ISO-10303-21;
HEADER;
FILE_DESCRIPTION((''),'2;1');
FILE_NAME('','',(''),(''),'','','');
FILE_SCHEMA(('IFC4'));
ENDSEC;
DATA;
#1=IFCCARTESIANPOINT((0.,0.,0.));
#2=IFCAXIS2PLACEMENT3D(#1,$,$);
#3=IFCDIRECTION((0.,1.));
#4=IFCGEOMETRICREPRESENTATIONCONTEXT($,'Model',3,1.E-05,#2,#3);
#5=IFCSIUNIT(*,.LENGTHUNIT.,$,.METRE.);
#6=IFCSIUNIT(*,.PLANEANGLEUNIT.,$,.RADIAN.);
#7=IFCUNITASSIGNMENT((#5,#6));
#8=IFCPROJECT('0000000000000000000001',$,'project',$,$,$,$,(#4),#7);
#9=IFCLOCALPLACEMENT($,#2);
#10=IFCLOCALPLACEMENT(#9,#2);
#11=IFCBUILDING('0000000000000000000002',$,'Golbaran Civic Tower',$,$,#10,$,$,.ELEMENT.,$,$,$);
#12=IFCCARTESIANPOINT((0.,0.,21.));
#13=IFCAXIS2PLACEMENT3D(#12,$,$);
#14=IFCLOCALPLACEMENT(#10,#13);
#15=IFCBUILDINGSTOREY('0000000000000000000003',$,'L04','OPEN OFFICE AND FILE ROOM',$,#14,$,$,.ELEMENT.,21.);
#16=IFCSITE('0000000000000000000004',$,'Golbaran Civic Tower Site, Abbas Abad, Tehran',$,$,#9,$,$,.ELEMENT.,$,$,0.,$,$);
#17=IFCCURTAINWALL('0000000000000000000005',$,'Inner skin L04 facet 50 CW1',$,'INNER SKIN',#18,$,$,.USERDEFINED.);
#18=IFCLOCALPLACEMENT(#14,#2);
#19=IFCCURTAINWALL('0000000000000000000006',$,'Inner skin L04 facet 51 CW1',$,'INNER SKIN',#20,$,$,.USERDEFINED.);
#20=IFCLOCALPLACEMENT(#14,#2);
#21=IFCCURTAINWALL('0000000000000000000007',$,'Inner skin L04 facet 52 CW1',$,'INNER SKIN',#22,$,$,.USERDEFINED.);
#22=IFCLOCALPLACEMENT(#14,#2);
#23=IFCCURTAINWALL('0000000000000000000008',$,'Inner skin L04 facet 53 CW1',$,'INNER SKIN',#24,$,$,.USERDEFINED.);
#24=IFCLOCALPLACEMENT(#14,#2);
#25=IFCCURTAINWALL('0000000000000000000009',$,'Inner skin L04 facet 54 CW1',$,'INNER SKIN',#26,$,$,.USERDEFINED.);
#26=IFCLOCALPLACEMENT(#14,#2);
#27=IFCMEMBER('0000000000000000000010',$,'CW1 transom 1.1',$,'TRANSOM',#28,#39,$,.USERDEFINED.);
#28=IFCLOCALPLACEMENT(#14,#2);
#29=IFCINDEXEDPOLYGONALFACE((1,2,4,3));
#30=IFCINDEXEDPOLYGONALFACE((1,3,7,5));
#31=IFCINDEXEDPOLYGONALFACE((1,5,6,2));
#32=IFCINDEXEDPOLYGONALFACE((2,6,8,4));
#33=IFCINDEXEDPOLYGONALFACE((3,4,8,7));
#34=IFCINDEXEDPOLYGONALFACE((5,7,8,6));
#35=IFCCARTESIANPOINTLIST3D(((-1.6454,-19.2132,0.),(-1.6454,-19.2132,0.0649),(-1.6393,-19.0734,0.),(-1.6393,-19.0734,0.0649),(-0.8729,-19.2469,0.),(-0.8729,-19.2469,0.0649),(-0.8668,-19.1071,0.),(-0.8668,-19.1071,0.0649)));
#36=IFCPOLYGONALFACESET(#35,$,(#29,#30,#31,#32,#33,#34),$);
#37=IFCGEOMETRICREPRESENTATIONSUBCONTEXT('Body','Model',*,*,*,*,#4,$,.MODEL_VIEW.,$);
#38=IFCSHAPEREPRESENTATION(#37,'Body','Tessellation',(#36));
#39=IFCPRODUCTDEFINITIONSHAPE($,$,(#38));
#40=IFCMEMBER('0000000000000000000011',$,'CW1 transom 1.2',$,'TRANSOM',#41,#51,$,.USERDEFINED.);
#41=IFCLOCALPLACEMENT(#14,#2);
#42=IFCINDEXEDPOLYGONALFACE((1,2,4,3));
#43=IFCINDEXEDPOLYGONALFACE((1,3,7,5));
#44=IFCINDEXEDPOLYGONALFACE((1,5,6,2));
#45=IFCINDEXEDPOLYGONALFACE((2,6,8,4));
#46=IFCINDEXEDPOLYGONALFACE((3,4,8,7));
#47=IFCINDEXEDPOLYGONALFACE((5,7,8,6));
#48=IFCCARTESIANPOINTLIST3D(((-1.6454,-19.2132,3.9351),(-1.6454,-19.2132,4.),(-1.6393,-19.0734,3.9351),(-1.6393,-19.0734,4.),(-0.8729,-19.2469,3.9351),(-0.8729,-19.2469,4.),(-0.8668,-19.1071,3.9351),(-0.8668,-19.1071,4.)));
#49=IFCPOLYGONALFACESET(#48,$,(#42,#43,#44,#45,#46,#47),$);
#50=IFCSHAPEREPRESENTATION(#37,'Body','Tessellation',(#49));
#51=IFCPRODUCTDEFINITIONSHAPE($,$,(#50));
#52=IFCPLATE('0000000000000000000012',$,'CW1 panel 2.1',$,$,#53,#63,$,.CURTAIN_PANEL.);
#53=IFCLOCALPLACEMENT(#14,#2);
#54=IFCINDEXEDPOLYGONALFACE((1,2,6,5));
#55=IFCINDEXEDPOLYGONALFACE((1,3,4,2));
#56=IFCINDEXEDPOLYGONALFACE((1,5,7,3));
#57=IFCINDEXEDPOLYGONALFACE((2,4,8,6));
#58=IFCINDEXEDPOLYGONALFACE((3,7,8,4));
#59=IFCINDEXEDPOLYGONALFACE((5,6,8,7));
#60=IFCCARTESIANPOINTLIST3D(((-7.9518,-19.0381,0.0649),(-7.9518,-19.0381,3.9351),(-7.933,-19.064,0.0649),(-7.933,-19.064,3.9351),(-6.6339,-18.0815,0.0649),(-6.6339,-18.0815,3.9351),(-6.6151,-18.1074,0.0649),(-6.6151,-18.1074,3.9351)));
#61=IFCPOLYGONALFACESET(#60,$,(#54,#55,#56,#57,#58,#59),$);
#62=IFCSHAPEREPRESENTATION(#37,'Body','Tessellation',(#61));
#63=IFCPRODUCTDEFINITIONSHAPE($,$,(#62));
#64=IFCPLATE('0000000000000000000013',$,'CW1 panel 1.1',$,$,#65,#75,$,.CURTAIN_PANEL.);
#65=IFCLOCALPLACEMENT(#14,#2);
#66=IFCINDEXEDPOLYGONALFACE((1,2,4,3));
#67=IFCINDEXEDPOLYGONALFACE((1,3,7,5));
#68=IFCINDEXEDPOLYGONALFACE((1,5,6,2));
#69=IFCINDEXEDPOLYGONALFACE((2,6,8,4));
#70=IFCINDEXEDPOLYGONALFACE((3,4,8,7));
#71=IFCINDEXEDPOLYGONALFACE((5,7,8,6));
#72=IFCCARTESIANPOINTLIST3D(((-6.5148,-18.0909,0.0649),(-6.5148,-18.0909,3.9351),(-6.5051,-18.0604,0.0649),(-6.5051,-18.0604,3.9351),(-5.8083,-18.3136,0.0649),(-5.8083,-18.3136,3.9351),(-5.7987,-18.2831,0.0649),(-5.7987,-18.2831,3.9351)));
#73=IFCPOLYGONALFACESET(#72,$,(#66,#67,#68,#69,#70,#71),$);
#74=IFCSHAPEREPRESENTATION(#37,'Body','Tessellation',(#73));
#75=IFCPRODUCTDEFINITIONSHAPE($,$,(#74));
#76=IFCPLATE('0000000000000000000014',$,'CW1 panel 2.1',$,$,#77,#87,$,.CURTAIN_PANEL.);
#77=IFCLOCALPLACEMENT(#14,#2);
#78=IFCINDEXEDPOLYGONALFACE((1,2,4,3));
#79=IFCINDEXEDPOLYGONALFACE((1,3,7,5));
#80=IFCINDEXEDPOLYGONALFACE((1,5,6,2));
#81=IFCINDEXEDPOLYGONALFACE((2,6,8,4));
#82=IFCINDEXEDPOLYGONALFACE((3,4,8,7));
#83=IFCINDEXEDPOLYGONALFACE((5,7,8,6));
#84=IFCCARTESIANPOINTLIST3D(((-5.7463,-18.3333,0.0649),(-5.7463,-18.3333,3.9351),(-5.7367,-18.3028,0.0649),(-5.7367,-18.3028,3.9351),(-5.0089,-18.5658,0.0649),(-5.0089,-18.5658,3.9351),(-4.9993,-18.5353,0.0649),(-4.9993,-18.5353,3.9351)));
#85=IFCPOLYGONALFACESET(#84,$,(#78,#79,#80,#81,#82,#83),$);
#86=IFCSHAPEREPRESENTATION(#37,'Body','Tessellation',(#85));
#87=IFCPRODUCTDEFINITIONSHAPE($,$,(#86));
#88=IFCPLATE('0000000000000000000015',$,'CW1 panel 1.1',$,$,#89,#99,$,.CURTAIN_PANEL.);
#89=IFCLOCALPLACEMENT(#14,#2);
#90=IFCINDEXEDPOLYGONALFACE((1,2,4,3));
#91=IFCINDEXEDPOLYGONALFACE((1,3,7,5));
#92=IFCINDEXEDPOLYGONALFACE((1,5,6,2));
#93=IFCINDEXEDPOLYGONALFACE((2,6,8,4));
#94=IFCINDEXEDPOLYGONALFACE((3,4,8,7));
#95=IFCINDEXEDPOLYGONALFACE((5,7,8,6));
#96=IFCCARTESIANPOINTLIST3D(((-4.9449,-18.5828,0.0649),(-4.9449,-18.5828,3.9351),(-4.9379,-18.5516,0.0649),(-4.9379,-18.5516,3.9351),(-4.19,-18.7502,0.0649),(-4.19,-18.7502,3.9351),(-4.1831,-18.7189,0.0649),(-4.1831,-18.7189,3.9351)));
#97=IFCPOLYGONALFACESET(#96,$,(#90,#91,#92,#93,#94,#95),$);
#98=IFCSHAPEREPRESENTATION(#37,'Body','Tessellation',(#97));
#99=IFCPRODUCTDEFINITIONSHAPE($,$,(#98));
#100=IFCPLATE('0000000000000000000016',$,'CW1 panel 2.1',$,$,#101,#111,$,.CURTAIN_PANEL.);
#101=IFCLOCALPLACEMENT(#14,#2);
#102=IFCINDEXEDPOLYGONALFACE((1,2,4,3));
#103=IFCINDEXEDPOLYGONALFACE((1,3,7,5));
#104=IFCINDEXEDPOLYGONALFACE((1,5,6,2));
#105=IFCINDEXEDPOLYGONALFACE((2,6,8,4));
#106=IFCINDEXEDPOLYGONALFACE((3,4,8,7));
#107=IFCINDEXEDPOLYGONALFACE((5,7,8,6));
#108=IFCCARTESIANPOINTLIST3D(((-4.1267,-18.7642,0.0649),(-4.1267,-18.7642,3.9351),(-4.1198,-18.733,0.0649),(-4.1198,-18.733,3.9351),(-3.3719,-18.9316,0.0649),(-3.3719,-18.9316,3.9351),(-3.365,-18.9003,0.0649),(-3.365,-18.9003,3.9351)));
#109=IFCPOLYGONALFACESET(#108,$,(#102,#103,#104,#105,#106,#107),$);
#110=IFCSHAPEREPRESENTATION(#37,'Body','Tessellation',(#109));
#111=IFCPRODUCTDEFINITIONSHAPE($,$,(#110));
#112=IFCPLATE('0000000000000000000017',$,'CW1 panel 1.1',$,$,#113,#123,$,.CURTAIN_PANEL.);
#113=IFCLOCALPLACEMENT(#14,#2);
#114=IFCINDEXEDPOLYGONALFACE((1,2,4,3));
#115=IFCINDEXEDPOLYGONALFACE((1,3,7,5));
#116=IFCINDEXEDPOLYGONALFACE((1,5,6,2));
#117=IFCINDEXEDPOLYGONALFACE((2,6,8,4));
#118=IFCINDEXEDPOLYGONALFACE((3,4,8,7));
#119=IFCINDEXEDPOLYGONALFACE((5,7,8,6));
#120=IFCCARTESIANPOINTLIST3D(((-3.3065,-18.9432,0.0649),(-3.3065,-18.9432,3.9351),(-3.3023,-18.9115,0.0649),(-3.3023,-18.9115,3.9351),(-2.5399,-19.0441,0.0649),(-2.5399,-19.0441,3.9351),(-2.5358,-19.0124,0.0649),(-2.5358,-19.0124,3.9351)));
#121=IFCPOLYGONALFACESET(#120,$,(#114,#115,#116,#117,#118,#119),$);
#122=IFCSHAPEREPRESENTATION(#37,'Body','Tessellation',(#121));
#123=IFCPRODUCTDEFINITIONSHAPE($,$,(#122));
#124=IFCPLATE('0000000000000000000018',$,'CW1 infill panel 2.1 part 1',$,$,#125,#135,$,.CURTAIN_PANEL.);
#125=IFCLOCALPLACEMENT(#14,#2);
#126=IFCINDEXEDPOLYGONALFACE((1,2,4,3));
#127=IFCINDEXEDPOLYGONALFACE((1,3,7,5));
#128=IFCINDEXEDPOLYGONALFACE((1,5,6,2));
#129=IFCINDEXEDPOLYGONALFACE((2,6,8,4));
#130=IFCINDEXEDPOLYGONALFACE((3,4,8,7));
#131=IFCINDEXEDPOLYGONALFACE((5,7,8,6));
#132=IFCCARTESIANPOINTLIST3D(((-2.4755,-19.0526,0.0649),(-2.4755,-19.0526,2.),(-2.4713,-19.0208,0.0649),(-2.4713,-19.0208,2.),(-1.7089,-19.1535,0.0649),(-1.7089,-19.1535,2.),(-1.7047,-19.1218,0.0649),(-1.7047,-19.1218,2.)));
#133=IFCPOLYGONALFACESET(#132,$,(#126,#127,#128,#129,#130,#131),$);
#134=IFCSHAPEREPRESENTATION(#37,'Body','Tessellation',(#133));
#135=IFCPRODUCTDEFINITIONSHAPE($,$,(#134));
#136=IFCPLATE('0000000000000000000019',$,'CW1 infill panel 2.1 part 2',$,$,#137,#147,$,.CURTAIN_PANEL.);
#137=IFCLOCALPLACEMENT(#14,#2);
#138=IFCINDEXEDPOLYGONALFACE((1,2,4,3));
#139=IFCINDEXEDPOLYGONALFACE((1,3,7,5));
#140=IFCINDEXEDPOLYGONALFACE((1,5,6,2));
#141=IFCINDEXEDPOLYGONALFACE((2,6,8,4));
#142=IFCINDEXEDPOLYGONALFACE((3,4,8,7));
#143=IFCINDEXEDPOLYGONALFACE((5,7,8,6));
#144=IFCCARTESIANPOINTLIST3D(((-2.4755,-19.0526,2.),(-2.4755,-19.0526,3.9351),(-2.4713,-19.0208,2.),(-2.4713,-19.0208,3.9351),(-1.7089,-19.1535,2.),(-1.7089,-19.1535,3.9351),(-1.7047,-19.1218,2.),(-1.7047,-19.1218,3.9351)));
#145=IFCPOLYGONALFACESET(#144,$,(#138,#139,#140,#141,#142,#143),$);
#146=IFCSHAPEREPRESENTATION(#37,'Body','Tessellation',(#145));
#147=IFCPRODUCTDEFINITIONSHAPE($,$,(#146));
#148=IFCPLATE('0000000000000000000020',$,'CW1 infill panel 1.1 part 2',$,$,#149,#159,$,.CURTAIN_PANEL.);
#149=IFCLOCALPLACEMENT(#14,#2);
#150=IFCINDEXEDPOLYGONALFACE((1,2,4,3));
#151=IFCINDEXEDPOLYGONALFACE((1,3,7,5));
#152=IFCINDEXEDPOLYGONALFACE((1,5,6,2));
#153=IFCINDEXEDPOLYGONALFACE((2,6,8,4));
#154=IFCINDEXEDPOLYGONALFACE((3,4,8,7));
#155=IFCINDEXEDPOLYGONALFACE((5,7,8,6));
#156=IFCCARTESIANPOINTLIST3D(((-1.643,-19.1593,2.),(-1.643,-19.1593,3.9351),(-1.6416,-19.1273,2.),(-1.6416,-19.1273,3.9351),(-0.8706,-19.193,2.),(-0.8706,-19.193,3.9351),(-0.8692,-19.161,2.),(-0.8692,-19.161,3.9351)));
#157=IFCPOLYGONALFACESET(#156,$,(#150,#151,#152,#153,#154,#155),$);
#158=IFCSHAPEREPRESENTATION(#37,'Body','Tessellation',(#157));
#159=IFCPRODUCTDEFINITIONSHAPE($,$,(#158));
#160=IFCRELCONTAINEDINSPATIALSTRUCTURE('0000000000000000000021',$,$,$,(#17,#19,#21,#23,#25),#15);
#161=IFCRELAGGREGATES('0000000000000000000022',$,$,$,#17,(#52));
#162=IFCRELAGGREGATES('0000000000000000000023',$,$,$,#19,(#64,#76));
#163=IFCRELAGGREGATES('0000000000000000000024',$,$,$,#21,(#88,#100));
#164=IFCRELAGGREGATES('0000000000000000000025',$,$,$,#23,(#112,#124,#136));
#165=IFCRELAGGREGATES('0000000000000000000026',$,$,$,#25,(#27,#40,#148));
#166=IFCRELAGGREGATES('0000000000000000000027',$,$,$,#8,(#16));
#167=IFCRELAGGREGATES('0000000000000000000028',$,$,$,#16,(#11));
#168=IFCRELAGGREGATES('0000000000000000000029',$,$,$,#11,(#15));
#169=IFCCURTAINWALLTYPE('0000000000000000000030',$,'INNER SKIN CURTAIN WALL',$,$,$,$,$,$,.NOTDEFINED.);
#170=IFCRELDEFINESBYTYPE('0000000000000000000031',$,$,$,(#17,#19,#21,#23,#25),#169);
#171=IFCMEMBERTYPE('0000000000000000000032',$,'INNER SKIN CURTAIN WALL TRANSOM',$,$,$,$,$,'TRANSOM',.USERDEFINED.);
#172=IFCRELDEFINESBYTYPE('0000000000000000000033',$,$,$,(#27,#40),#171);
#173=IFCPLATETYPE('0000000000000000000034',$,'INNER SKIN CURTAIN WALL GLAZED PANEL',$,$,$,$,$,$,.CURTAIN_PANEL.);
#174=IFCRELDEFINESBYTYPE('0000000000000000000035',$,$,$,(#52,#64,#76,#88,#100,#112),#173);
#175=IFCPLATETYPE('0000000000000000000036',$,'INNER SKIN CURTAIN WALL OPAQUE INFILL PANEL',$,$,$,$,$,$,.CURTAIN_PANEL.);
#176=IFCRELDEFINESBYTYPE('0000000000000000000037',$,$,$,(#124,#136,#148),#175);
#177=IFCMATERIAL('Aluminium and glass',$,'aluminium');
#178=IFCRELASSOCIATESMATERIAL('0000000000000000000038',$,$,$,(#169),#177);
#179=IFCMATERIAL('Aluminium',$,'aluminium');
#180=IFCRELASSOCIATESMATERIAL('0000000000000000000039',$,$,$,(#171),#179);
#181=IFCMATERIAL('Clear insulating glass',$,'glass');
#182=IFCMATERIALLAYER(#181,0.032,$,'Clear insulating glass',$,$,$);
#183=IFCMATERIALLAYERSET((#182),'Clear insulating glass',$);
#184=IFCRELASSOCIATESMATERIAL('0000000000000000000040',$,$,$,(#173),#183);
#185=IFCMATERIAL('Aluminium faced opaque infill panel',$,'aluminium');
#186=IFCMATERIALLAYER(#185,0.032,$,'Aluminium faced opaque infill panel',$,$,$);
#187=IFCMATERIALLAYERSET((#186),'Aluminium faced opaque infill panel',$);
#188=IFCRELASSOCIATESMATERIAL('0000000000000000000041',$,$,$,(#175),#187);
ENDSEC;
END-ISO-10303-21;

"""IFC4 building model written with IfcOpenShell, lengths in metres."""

from ifc_helpers import new_model, si_unit, direction, frame, origin, origin_2d, place, context, subcontext, project, spatial, rectangle, extrude, material, layer, layer_set, material_profile, profile_set, type_object, element, aggregate, save


model = new_model("IFC4")

# Units and contexts
model_context = context("Model", 3, precision=1e-05, world=origin(), true_north=direction((0.0, 1.0)))
body_context = subcontext(model_context, "Body", "Model", "MODEL_VIEW")
ifc_project = project(units=[si_unit("LENGTHUNIT", "METRE"), si_unit("PLANEANGLEUNIT", "RADIAN")], contexts=[model_context])

# Site, building, storey
site_placement = place(None, origin())
site = spatial("IfcSite", under=ifc_project, at=site_placement, Name="Golbaran Civic Tower Site, Abbas Abad, Tehran", CompositionType="ELEMENT", RefElevation=0.0)
building_placement = place(site_placement, origin())
building = spatial("IfcBuilding", under=site, at=building_placement, Name="Golbaran Civic Tower", CompositionType="ELEMENT")
storey_placement = place(building_placement, frame((0.0, 0.0, 21.0)))
storey = spatial("IfcBuildingStorey", under=building, at=storey_placement, Name="L04", Description="OPEN OFFICE AND FILE ROOM", CompositionType="ELEMENT", Elevation=21.0)

# Curtain walls
ifc_material_1 = material(Name="Aluminium and glass", Category="aluminium")
curtain_wall_type = type_object("IfcCurtainWallType", Name="INNER SKIN CURTAIN WALL", PredefinedType="NOTDEFINED", material=ifc_material_1)
curtain_wall_1_placement = place(storey_placement, origin())
curtain_wall_1 = element("IfcCurtainWall", 1, at=curtain_wall_1_placement, inside=storey, type_object=curtain_wall_type, Name="Inner skin L04 facet 50 CW1", ObjectType="INNER SKIN", PredefinedType="USERDEFINED")
ifc_material_2 = material(Name="Aluminium", Category="aluminium")
curtain_wall_2_placement = place(storey_placement, origin())
curtain_wall_2 = element("IfcCurtainWall", 2, at=curtain_wall_2_placement, inside=storey, type_object=curtain_wall_type, Name="Inner skin L04 facet 51 CW1", ObjectType="INNER SKIN", PredefinedType="USERDEFINED")
curtain_wall_3_placement = place(storey_placement, origin())
curtain_wall_3 = element("IfcCurtainWall", 3, at=curtain_wall_3_placement, inside=storey, type_object=curtain_wall_type, Name="Inner skin L04 facet 52 CW1", ObjectType="INNER SKIN", PredefinedType="USERDEFINED")
curtain_wall_4_placement = place(storey_placement, origin())
curtain_wall_4 = element("IfcCurtainWall", 4, at=curtain_wall_4_placement, inside=storey, type_object=curtain_wall_type, Name="Inner skin L04 facet 53 CW1", ObjectType="INNER SKIN", PredefinedType="USERDEFINED")

# Shared definitions
ifc_material_profile_1 = material_profile(ifc_material_2, rectangle(XDim=0.1399, YDim=0.0649, at=origin_2d()), Name="INNER SKIN CURTAIN WALL TRANSOM")
ifc_profile_set_1 = profile_set([ifc_material_profile_1], Name="Aluminium")
member_type_1 = type_object("IfcMemberType", Name="INNER SKIN CURTAIN WALL TRANSOM", ElementType="TRANSOM", PredefinedType="USERDEFINED", material=ifc_profile_set_1)

# Curtain wall, members
curtain_wall_5_placement = place(storey_placement, origin())
curtain_wall_5 = element("IfcCurtainWall", 5, at=curtain_wall_5_placement, inside=storey, type_object=curtain_wall_type, Name="Inner skin L04 facet 54 CW1", ObjectType="INNER SKIN", PredefinedType="USERDEFINED")
member_1_placement = place(storey_placement, frame((-1.6423, -19.1433, 0.0325), z_axis=(0.99905, -0.043574, 0.0), x_axis=(0.043574, 0.99905, 0.0)))
member_1 = element("IfcMember", 6, at=member_1_placement, type_object=member_type_1, Name="CW1 transom 1.1", ObjectType="TRANSOM", PredefinedType="USERDEFINED", context=body_context, shape_type="SweptSolid", body=[
    extrude(rectangle(XDim=0.1399, YDim=0.0649, at=origin_2d()), origin(), (0.0, 0.0, 1.0), 0.7732),
])
member_2_placement = place(storey_placement, frame((-1.6423, -19.1433, 3.9675), z_axis=(0.99905, -0.043574, 0.0), x_axis=(0.043574, 0.99905, 0.0)))
member_2 = element("IfcMember", 7, at=member_2_placement, type_object=member_type_1, Name="CW1 transom 1.2", ObjectType="TRANSOM", PredefinedType="USERDEFINED", context=body_context, shape_type="SweptSolid", body=[
    extrude(rectangle(XDim=0.1399, YDim=0.0649, at=origin_2d()), origin(), (0.0, 0.0, 1.0), 0.7732),
])

# Plates
ifc_material_3 = material(Name="Clear insulating glass", Category="glass")
ifc_layer_1 = layer(ifc_material_3, 0.032, Name="Clear insulating glass")
ifc_layer_set_1 = layer_set([ifc_layer_1], Name="Clear insulating glass")
plate_type_1 = type_object("IfcPlateType", Name="INNER SKIN CURTAIN WALL GLAZED PANEL", PredefinedType="CURTAIN_PANEL", material=ifc_layer_set_1)
plate_1_placement = place(storey_placement, frame((-7.2834, -18.5728, 0.0649), z_axis=(0.0, 0.0, 1.0), x_axis=(0.809274, 0.587431, 0.0)))
plate_1 = element("IfcPlate", 8, at=plate_1_placement, type_object=plate_type_1, Name="CW1 panel 2.1", PredefinedType="CURTAIN_PANEL", context=body_context, shape_type="SweptSolid", body=[
    extrude(rectangle(XDim=1.6284, YDim=0.032, at=origin_2d()), origin(), (0.0, 0.0, 1.0), 3.8701),
])
aggregate(curtain_wall_1, [plate_1])
plate_2_placement = place(storey_placement, frame((-6.1567, -18.187, 0.0649), z_axis=(0.0, 0.0, 1.0), x_axis=(0.953717, -0.300706, 0.0)))
plate_2 = element("IfcPlate", 9, at=plate_2_placement, type_object=plate_type_1, Name="CW1 panel 1.1", PredefinedType="CURTAIN_PANEL", context=body_context, shape_type="SweptSolid", body=[
    extrude(rectangle(XDim=0.7407, YDim=0.032, at=origin_2d()), origin(), (0.0, 0.0, 1.0), 3.8701),
])
plate_3_placement = place(storey_placement, frame((-5.3728, -18.4343, 0.0649), z_axis=(0.0, 0.0, 1.0), x_axis=(0.953717, -0.300706, 0.0)))
plate_3 = element("IfcPlate", 10, at=plate_3_placement, type_object=plate_type_1, Name="CW1 panel 2.1", PredefinedType="CURTAIN_PANEL", context=body_context, shape_type="SweptSolid", body=[
    extrude(rectangle(XDim=0.7732, YDim=0.032, at=origin_2d()), origin(), (0.0, 0.0, 1.0), 3.8701),
])
aggregate(curtain_wall_2, [plate_2, plate_3])
plate_4_placement = place(storey_placement, frame((-4.564, -18.6509, 0.0649), z_axis=(0.0, 0.0, 1.0), x_axis=(0.976296, -0.21644, 0.0)))
plate_4 = element("IfcPlate", 11, at=plate_4_placement, type_object=plate_type_1, Name="CW1 panel 1.1", PredefinedType="CURTAIN_PANEL", context=body_context, shape_type="SweptSolid", body=[
    extrude(rectangle(XDim=0.7732, YDim=0.032, at=origin_2d()), origin(), (0.0, 0.0, 1.0), 3.8701),
])
plate_5_placement = place(storey_placement, frame((-3.7458, -18.8323, 0.0649), z_axis=(0.0, 0.0, 1.0), x_axis=(0.976296, -0.21644, 0.0)))
plate_5 = element("IfcPlate", 12, at=plate_5_placement, type_object=plate_type_1, Name="CW1 panel 2.1", PredefinedType="CURTAIN_PANEL", context=body_context, shape_type="SweptSolid", body=[
    extrude(rectangle(XDim=0.7732, YDim=0.032, at=origin_2d()), origin(), (0.0, 0.0, 1.0), 3.8701),
])
aggregate(curtain_wall_3, [plate_4, plate_5])
plate_6_placement = place(storey_placement, frame((-2.9211, -18.9778, 0.0649), z_axis=(0.0, 0.0, 1.0), x_axis=(0.991445, -0.130526, 0.0)))
plate_6 = element("IfcPlate", 13, at=plate_6_placement, type_object=plate_type_1, Name="CW1 panel 1.1", PredefinedType="CURTAIN_PANEL", context=body_context, shape_type="SweptSolid", body=[
    extrude(rectangle(XDim=0.7732, YDim=0.032, at=origin_2d()), origin(), (0.0, 0.0, 1.0), 3.8701),
])
ifc_material_4 = material(Name="Aluminium faced opaque infill panel", Category="aluminium")
ifc_layer_2 = layer(ifc_material_4, 0.032, Name="Aluminium faced opaque infill panel")
ifc_layer_set_2 = layer_set([ifc_layer_2], Name="Aluminium faced opaque infill panel")
plate_type_2 = type_object("IfcPlateType", Name="INNER SKIN CURTAIN WALL OPAQUE INFILL PANEL", PredefinedType="CURTAIN_PANEL", material=ifc_layer_set_2)
plate_7_placement = place(storey_placement, frame((-2.0901, -19.0872, 0.0649), z_axis=(0.0, 0.0, 1.0), x_axis=(0.991445, -0.130526, 0.0)))
plate_7 = element("IfcPlate", 14, at=plate_7_placement, type_object=plate_type_2, Name="CW1 infill panel 2.1 part 1", PredefinedType="CURTAIN_PANEL", context=body_context, shape_type="SweptSolid", body=[
    extrude(rectangle(XDim=0.7732, YDim=0.032, at=origin_2d()), origin(), (0.0, 0.0, 1.0), 1.9351),
])
plate_8_placement = place(storey_placement, frame((-2.0901, -19.0872, 2.0), z_axis=(0.0, 0.0, 1.0), x_axis=(0.991445, -0.130526, 0.0)))
plate_8 = element("IfcPlate", 15, at=plate_8_placement, type_object=plate_type_2, Name="CW1 infill panel 2.1 part 2", PredefinedType="CURTAIN_PANEL", context=body_context, shape_type="SweptSolid", body=[
    extrude(rectangle(XDim=0.7732, YDim=0.032, at=origin_2d()), origin(), (0.0, 0.0, 1.0), 1.9351),
])
aggregate(curtain_wall_4, [plate_6, plate_7, plate_8])
plate_9_placement = place(storey_placement, frame((-1.2561, -19.1602, 2.0), z_axis=(0.0, 0.0, 1.0), x_axis=(0.999048, -0.043619, 0.0)))
plate_9 = element("IfcPlate", 16, at=plate_9_placement, type_object=plate_type_2, Name="CW1 infill panel 1.1 part 2", PredefinedType="CURTAIN_PANEL", context=body_context, shape_type="SweptSolid", body=[
    extrude(rectangle(XDim=0.7732, YDim=0.032, at=origin_2d()), origin(), (0.0, 0.0, 1.0), 1.9351),
])
aggregate(curtain_wall_5, [member_1, member_2, plate_9])

save(model, "model.ifc")
